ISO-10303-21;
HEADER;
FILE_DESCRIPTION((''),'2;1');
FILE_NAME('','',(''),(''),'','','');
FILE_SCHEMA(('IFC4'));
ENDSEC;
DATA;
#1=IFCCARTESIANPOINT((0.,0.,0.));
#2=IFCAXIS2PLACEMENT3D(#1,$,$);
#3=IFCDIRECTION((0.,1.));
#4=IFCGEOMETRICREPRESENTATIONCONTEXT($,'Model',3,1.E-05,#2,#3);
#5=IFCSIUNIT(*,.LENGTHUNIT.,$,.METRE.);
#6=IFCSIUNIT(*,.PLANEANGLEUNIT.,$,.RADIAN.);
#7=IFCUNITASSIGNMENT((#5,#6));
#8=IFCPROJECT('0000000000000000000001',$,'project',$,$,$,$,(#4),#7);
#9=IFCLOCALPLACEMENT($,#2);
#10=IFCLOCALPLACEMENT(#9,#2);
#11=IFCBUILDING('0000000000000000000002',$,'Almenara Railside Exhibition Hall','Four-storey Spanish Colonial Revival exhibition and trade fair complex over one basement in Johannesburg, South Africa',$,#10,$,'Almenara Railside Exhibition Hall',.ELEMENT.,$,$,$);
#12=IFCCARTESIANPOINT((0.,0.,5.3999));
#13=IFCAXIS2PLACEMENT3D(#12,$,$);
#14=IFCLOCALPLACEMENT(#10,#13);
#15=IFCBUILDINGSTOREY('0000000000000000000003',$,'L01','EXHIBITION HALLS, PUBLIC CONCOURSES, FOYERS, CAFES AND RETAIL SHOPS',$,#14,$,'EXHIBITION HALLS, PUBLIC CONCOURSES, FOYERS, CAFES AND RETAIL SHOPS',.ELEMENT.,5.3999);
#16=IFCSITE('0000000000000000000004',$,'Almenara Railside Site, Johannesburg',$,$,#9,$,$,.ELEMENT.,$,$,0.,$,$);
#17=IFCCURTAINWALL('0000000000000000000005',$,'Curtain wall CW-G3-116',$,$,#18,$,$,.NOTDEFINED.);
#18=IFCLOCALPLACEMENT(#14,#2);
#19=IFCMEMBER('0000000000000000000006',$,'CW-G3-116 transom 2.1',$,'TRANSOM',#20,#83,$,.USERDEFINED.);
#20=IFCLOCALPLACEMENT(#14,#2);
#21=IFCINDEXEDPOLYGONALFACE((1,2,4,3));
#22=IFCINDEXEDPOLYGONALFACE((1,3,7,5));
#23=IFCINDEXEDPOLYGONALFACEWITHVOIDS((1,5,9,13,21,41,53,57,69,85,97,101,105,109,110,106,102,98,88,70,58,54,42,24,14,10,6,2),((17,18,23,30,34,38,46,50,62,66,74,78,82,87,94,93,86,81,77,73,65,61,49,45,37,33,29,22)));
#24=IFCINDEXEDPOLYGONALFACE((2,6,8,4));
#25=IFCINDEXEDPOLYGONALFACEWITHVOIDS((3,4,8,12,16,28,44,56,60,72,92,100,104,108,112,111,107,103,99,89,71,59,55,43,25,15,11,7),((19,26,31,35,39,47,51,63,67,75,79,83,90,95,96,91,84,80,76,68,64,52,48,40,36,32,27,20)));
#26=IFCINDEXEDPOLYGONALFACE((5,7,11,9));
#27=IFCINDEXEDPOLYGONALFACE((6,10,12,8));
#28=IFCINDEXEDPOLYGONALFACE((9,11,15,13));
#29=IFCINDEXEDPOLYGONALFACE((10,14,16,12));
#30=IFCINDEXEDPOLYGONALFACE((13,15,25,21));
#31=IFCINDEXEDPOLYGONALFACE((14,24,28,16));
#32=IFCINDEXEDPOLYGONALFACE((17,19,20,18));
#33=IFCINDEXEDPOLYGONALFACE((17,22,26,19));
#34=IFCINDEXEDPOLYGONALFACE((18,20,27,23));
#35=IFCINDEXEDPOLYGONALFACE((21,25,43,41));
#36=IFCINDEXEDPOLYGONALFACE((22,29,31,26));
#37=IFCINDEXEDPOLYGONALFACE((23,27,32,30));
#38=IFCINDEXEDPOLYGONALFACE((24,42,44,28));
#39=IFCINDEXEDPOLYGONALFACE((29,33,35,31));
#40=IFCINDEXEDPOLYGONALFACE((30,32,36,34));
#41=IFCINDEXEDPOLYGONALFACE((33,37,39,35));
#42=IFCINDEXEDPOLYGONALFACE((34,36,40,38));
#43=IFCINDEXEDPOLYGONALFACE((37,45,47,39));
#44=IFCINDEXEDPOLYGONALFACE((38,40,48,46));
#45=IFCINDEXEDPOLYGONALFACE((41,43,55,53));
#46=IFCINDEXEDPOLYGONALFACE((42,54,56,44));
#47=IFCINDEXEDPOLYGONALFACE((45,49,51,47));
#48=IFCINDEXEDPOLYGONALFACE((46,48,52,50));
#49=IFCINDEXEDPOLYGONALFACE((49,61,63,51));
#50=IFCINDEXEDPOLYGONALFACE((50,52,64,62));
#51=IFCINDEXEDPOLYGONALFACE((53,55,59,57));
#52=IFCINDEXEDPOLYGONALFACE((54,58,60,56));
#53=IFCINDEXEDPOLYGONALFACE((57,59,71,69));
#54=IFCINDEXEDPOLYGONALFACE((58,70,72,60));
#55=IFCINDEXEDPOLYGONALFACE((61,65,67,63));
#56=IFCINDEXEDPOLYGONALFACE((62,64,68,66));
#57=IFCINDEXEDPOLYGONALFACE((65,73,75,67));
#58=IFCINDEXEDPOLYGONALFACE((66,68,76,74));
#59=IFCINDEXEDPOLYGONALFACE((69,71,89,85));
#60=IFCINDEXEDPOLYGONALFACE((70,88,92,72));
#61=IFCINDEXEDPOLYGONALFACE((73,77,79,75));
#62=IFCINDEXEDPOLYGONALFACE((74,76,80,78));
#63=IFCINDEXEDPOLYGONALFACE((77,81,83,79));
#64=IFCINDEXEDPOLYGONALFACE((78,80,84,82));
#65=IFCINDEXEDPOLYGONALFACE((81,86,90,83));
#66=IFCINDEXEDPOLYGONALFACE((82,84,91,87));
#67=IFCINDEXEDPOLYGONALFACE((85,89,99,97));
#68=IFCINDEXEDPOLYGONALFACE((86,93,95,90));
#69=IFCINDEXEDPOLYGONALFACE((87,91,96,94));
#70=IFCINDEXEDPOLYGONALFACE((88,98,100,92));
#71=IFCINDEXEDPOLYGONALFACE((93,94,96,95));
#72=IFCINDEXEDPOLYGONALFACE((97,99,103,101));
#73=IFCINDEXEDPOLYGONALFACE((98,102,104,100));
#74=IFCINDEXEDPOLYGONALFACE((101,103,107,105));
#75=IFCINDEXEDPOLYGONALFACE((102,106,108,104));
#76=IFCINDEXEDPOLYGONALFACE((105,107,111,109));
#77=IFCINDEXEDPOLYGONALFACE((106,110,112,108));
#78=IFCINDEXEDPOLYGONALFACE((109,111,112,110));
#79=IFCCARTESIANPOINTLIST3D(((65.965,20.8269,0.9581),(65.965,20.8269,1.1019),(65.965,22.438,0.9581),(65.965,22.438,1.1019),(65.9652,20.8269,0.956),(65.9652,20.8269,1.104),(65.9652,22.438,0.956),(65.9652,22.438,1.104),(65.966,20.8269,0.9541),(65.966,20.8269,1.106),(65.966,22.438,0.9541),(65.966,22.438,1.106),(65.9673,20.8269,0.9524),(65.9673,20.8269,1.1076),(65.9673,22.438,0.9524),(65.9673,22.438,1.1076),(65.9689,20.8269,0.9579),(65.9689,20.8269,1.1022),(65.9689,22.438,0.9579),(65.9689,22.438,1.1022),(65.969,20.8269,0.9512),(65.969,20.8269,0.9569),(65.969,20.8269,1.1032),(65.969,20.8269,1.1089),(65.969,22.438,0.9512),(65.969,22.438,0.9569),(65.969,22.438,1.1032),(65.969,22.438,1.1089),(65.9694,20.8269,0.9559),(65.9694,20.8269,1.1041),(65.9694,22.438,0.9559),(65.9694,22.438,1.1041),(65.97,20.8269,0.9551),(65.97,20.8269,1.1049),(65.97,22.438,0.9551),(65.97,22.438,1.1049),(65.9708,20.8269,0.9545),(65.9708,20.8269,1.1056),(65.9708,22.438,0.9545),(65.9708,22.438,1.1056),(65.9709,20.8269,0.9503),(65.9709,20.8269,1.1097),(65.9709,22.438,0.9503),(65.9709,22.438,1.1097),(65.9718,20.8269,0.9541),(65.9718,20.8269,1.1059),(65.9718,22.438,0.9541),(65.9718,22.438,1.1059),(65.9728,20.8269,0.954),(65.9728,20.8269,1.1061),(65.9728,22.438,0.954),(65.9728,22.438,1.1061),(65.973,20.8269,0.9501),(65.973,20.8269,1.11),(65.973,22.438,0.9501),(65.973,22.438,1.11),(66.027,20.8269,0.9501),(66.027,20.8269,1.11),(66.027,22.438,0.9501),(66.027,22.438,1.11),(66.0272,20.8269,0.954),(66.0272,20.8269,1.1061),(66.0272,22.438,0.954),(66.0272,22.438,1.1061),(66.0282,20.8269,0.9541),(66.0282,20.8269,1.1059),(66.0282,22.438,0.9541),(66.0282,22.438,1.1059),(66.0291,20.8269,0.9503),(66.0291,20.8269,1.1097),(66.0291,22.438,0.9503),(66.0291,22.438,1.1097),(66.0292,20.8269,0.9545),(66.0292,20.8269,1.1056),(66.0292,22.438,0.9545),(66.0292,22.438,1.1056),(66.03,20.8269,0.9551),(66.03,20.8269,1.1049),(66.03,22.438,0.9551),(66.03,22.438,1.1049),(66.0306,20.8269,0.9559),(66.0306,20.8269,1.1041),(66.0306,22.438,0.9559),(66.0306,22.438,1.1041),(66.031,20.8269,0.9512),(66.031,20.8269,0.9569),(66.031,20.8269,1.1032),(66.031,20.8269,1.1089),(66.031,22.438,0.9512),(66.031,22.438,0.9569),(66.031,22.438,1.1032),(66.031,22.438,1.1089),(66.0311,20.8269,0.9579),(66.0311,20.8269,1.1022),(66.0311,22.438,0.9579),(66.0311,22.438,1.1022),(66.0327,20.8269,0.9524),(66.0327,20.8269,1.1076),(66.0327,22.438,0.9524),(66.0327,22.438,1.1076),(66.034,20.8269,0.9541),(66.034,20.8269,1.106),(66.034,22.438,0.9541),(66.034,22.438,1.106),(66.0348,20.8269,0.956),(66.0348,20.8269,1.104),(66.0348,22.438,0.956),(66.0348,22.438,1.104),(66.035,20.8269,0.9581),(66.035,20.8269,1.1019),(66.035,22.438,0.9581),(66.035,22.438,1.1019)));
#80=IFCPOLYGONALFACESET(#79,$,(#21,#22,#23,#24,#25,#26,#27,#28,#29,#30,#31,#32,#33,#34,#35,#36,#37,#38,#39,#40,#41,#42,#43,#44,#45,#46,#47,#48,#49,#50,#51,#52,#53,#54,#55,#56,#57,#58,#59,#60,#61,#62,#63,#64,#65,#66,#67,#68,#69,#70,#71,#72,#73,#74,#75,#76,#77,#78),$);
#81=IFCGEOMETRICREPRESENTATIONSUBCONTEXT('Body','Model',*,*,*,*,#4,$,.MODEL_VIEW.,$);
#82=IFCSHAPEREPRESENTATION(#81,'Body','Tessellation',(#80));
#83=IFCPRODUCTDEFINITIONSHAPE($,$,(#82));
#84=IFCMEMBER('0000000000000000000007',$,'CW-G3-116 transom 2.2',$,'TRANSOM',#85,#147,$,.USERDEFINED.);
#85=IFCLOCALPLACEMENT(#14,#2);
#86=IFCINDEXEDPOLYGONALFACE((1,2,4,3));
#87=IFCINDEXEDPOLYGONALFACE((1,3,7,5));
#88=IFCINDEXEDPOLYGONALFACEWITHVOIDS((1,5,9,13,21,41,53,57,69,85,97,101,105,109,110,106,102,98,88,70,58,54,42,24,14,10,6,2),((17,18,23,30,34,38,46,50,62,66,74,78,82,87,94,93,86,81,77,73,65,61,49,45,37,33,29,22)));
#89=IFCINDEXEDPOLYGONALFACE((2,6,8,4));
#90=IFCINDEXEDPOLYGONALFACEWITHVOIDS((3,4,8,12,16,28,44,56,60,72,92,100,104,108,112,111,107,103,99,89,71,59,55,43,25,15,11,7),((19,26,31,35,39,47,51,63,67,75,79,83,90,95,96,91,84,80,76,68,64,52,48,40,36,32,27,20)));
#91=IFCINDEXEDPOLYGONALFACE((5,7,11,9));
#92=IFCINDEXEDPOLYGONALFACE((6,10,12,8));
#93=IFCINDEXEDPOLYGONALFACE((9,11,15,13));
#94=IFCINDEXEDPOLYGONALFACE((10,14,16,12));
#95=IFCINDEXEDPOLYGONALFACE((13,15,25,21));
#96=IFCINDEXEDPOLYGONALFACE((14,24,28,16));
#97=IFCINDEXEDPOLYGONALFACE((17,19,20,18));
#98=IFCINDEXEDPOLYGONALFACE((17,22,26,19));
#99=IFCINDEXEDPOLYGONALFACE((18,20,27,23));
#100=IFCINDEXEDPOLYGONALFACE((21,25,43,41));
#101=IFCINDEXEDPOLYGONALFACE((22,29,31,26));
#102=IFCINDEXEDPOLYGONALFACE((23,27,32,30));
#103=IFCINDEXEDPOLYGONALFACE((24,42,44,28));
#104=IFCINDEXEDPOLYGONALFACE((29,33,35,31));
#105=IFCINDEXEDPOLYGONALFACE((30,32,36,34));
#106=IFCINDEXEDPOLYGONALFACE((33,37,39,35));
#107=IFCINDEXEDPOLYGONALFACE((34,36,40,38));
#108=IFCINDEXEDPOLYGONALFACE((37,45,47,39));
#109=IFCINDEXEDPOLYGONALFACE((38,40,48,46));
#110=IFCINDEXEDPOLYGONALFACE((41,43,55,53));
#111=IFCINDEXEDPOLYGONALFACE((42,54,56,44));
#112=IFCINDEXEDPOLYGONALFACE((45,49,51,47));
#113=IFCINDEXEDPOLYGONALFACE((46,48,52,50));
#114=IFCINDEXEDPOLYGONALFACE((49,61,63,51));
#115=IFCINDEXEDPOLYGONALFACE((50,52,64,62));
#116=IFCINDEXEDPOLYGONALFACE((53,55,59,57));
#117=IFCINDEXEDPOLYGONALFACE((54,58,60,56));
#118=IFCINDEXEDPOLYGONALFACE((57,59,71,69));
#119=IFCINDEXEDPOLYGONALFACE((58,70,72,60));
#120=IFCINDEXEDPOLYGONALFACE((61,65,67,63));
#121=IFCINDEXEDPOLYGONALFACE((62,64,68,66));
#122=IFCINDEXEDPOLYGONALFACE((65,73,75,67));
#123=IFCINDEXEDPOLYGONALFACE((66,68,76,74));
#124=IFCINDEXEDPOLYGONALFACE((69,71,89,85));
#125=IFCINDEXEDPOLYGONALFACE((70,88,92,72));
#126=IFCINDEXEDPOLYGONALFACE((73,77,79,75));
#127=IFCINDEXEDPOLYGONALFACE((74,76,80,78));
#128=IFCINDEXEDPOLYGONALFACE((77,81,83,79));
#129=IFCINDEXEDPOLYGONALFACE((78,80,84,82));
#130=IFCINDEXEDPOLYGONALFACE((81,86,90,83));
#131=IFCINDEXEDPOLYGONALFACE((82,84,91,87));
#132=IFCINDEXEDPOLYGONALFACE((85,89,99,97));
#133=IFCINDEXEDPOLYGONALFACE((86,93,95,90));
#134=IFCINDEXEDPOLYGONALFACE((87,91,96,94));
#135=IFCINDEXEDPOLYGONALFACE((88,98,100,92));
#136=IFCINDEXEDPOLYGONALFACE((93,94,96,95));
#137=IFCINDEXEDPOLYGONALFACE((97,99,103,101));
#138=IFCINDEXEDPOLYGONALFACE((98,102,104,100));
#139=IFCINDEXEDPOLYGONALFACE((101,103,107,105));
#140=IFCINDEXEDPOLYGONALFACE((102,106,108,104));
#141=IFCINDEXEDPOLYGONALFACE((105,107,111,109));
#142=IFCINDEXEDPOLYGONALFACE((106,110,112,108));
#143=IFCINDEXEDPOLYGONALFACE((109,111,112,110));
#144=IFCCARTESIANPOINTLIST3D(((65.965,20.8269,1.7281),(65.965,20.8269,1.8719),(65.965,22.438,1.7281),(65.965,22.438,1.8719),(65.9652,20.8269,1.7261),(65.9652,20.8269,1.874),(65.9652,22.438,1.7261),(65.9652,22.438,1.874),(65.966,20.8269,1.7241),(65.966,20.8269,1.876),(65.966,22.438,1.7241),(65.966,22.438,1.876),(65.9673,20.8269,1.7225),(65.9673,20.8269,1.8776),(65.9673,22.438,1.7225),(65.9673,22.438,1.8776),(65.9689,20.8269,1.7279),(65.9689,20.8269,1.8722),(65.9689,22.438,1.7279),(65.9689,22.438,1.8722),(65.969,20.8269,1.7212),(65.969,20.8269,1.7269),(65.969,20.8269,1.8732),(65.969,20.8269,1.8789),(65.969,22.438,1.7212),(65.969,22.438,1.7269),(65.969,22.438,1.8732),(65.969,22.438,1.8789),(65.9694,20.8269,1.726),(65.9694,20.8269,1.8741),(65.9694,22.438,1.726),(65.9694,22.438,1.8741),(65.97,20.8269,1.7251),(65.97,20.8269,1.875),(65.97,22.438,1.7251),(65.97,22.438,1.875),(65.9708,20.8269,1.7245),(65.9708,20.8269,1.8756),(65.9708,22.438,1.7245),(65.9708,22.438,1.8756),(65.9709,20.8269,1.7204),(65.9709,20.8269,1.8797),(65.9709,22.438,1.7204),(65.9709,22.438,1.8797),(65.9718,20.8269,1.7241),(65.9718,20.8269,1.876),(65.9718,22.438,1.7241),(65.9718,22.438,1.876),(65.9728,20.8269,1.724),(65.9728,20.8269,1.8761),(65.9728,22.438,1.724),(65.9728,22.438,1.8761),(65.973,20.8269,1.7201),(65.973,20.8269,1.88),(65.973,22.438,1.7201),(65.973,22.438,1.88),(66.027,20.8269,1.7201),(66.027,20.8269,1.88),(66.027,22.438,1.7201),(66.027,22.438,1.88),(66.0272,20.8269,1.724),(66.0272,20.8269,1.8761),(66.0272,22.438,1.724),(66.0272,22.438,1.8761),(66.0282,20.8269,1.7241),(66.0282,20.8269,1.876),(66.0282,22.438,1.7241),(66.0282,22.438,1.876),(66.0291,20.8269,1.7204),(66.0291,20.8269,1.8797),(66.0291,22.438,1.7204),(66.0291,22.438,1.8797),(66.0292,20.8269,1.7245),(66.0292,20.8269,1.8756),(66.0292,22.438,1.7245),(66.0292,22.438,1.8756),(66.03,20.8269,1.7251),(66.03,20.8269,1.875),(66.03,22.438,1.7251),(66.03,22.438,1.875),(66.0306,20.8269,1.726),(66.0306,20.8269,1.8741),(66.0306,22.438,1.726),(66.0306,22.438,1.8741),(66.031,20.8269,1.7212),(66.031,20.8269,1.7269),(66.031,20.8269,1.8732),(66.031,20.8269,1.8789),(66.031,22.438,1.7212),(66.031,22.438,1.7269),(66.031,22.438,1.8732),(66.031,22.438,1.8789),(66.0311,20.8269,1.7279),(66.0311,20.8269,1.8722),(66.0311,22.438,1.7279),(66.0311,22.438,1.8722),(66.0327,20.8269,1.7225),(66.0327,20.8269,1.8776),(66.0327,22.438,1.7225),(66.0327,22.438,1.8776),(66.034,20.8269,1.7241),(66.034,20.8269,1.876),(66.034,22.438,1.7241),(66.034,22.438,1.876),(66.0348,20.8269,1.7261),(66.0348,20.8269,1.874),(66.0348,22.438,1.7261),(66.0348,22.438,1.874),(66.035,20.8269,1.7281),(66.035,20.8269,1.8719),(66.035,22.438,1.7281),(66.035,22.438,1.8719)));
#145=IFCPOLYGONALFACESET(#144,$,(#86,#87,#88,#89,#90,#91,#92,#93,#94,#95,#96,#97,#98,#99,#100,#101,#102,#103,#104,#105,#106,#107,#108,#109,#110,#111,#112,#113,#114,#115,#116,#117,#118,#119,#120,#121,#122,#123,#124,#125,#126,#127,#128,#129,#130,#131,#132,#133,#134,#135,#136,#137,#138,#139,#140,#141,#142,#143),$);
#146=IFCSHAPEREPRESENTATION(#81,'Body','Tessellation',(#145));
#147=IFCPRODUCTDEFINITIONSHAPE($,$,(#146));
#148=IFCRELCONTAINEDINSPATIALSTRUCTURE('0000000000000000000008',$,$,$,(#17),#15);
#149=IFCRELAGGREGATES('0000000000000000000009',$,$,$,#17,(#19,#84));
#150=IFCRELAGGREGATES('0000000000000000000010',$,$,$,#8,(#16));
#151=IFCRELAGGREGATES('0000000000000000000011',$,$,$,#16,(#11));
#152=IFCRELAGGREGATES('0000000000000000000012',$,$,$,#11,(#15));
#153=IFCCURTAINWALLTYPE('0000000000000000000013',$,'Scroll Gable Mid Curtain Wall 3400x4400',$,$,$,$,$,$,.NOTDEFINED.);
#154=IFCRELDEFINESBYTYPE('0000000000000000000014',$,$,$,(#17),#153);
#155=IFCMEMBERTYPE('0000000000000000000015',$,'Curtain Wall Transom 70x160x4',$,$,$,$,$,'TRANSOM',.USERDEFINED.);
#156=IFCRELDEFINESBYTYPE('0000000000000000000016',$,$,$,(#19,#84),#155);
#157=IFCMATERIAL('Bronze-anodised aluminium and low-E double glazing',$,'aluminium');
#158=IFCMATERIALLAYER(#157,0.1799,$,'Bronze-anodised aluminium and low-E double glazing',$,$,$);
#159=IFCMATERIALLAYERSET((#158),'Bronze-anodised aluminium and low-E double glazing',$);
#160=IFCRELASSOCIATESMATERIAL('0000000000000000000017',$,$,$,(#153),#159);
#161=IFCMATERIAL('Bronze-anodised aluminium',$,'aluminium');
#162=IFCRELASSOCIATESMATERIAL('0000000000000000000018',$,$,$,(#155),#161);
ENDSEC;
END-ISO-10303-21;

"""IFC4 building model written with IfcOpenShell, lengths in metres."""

from ifc_helpers import new_model, si_unit, direction, frame, origin, origin_2d, place, context, subcontext, project, spatial, hollow_rectangle, extrude, material, layer, layer_set, material_profile, profile_set, type_object, element, aggregate, save


model = new_model("IFC4")

# Units and contexts
model_context = context("Model", 3, precision=1e-05, world=origin(), true_north=direction((0.0, 1.0)))
body_context = subcontext(model_context, "Body", "Model", "MODEL_VIEW")
ifc_project = project(units=[si_unit("LENGTHUNIT", "METRE"), si_unit("PLANEANGLEUNIT", "RADIAN")], contexts=[model_context])

# Site, building, storey
site_placement = place(None, origin())
site = spatial("IfcSite", under=ifc_project, at=site_placement, Name="Almenara Railside Site, Johannesburg", CompositionType="ELEMENT", RefElevation=0.0)
building_placement = place(site_placement, origin())
building = spatial("IfcBuilding", under=site, at=building_placement, Name="Almenara Railside Exhibition Hall", Description="Four-storey Spanish Colonial Revival exhibition and trade fair complex over one basement in Johannesburg, South Africa", LongName="Almenara Railside Exhibition Hall", CompositionType="ELEMENT")
storey_placement = place(building_placement, frame((0.0, 0.0, 5.3999)))
storey = spatial("IfcBuildingStorey", under=building, at=storey_placement, Name="L01", Description="EXHIBITION HALLS, PUBLIC CONCOURSES, FOYERS, CAFES AND RETAIL SHOPS", LongName="EXHIBITION HALLS, PUBLIC CONCOURSES, FOYERS, CAFES AND RETAIL SHOPS", CompositionType="ELEMENT", Elevation=5.3999)

# Shared definitions
ifc_material_1 = material(Name="Bronze-anodised aluminium and low-E double glazing", Category="aluminium")
ifc_layer_1 = layer(ifc_material_1, 0.1799, Name="Bronze-anodised aluminium and low-E double glazing")
ifc_layer_set_1 = layer_set([ifc_layer_1], Name="Bronze-anodised aluminium and low-E double glazing")
curtain_wall_type_1 = type_object("IfcCurtainWallType", Name="Scroll Gable Mid Curtain Wall 3400x4400", PredefinedType="NOTDEFINED", material=ifc_layer_set_1)
ifc_material_2 = material(Name="Bronze-anodised aluminium", Category="aluminium")

# Curtain wall
curtain_wall_1_placement = place(storey_placement, origin())
curtain_wall_1 = element("IfcCurtainWall", 1, at=curtain_wall_1_placement, inside=storey, type_object=curtain_wall_type_1, Name="Curtain wall CW-G3-116", PredefinedType="NOTDEFINED")

# Members
ifc_material_profile_1 = material_profile(ifc_material_2, hollow_rectangle(XDim=0.0701, YDim=0.1599, WallThickness=0.0039, InnerFilletRadius=0.0039, OuterFilletRadius=0.0081, at=origin_2d()), Name="ALU-TRN 70x160x4")
ifc_profile_set_1 = profile_set([ifc_material_profile_1], Name="Bronze-anodised aluminium")
member_type_1 = type_object("IfcMemberType", Name="Curtain Wall Transom 70x160x4", ElementType="TRANSOM", PredefinedType="USERDEFINED", material=ifc_profile_set_1)
member_1_placement = place(storey_placement, frame((66.0, 20.8269, 1.03), z_axis=(0.0, 1.0, 0.0), x_axis=(-1.0, 0.0, 0.0)))
member_1 = element("IfcMember", 2, at=member_1_placement, type_object=member_type_1, Name="CW-G3-116 transom 2.1", ObjectType="TRANSOM", PredefinedType="USERDEFINED", context=body_context, shape_type="SweptSolid", body=[
    extrude(hollow_rectangle(XDim=0.0701, YDim=0.1599, WallThickness=0.0039, InnerFilletRadius=0.0039, OuterFilletRadius=0.0081, at=origin_2d()), origin(), (0.0, 0.0, 1.0), 1.6111),
])
member_2_placement = place(storey_placement, frame((66.0, 20.8269, 1.8), z_axis=(0.0, 1.0, 0.0), x_axis=(-1.0, 0.0, 0.0)))
member_2 = element("IfcMember", 3, at=member_2_placement, type_object=member_type_1, Name="CW-G3-116 transom 2.2", ObjectType="TRANSOM", PredefinedType="USERDEFINED", context=body_context, shape_type="SweptSolid", body=[
    extrude(hollow_rectangle(XDim=0.0701, YDim=0.1599, WallThickness=0.0039, InnerFilletRadius=0.0039, OuterFilletRadius=0.0081, at=origin_2d()), origin(), (0.0, 0.0, 1.0), 1.6111),
])

aggregate(curtain_wall_1, [member_1, member_2])

save(model, "model.ifc")
